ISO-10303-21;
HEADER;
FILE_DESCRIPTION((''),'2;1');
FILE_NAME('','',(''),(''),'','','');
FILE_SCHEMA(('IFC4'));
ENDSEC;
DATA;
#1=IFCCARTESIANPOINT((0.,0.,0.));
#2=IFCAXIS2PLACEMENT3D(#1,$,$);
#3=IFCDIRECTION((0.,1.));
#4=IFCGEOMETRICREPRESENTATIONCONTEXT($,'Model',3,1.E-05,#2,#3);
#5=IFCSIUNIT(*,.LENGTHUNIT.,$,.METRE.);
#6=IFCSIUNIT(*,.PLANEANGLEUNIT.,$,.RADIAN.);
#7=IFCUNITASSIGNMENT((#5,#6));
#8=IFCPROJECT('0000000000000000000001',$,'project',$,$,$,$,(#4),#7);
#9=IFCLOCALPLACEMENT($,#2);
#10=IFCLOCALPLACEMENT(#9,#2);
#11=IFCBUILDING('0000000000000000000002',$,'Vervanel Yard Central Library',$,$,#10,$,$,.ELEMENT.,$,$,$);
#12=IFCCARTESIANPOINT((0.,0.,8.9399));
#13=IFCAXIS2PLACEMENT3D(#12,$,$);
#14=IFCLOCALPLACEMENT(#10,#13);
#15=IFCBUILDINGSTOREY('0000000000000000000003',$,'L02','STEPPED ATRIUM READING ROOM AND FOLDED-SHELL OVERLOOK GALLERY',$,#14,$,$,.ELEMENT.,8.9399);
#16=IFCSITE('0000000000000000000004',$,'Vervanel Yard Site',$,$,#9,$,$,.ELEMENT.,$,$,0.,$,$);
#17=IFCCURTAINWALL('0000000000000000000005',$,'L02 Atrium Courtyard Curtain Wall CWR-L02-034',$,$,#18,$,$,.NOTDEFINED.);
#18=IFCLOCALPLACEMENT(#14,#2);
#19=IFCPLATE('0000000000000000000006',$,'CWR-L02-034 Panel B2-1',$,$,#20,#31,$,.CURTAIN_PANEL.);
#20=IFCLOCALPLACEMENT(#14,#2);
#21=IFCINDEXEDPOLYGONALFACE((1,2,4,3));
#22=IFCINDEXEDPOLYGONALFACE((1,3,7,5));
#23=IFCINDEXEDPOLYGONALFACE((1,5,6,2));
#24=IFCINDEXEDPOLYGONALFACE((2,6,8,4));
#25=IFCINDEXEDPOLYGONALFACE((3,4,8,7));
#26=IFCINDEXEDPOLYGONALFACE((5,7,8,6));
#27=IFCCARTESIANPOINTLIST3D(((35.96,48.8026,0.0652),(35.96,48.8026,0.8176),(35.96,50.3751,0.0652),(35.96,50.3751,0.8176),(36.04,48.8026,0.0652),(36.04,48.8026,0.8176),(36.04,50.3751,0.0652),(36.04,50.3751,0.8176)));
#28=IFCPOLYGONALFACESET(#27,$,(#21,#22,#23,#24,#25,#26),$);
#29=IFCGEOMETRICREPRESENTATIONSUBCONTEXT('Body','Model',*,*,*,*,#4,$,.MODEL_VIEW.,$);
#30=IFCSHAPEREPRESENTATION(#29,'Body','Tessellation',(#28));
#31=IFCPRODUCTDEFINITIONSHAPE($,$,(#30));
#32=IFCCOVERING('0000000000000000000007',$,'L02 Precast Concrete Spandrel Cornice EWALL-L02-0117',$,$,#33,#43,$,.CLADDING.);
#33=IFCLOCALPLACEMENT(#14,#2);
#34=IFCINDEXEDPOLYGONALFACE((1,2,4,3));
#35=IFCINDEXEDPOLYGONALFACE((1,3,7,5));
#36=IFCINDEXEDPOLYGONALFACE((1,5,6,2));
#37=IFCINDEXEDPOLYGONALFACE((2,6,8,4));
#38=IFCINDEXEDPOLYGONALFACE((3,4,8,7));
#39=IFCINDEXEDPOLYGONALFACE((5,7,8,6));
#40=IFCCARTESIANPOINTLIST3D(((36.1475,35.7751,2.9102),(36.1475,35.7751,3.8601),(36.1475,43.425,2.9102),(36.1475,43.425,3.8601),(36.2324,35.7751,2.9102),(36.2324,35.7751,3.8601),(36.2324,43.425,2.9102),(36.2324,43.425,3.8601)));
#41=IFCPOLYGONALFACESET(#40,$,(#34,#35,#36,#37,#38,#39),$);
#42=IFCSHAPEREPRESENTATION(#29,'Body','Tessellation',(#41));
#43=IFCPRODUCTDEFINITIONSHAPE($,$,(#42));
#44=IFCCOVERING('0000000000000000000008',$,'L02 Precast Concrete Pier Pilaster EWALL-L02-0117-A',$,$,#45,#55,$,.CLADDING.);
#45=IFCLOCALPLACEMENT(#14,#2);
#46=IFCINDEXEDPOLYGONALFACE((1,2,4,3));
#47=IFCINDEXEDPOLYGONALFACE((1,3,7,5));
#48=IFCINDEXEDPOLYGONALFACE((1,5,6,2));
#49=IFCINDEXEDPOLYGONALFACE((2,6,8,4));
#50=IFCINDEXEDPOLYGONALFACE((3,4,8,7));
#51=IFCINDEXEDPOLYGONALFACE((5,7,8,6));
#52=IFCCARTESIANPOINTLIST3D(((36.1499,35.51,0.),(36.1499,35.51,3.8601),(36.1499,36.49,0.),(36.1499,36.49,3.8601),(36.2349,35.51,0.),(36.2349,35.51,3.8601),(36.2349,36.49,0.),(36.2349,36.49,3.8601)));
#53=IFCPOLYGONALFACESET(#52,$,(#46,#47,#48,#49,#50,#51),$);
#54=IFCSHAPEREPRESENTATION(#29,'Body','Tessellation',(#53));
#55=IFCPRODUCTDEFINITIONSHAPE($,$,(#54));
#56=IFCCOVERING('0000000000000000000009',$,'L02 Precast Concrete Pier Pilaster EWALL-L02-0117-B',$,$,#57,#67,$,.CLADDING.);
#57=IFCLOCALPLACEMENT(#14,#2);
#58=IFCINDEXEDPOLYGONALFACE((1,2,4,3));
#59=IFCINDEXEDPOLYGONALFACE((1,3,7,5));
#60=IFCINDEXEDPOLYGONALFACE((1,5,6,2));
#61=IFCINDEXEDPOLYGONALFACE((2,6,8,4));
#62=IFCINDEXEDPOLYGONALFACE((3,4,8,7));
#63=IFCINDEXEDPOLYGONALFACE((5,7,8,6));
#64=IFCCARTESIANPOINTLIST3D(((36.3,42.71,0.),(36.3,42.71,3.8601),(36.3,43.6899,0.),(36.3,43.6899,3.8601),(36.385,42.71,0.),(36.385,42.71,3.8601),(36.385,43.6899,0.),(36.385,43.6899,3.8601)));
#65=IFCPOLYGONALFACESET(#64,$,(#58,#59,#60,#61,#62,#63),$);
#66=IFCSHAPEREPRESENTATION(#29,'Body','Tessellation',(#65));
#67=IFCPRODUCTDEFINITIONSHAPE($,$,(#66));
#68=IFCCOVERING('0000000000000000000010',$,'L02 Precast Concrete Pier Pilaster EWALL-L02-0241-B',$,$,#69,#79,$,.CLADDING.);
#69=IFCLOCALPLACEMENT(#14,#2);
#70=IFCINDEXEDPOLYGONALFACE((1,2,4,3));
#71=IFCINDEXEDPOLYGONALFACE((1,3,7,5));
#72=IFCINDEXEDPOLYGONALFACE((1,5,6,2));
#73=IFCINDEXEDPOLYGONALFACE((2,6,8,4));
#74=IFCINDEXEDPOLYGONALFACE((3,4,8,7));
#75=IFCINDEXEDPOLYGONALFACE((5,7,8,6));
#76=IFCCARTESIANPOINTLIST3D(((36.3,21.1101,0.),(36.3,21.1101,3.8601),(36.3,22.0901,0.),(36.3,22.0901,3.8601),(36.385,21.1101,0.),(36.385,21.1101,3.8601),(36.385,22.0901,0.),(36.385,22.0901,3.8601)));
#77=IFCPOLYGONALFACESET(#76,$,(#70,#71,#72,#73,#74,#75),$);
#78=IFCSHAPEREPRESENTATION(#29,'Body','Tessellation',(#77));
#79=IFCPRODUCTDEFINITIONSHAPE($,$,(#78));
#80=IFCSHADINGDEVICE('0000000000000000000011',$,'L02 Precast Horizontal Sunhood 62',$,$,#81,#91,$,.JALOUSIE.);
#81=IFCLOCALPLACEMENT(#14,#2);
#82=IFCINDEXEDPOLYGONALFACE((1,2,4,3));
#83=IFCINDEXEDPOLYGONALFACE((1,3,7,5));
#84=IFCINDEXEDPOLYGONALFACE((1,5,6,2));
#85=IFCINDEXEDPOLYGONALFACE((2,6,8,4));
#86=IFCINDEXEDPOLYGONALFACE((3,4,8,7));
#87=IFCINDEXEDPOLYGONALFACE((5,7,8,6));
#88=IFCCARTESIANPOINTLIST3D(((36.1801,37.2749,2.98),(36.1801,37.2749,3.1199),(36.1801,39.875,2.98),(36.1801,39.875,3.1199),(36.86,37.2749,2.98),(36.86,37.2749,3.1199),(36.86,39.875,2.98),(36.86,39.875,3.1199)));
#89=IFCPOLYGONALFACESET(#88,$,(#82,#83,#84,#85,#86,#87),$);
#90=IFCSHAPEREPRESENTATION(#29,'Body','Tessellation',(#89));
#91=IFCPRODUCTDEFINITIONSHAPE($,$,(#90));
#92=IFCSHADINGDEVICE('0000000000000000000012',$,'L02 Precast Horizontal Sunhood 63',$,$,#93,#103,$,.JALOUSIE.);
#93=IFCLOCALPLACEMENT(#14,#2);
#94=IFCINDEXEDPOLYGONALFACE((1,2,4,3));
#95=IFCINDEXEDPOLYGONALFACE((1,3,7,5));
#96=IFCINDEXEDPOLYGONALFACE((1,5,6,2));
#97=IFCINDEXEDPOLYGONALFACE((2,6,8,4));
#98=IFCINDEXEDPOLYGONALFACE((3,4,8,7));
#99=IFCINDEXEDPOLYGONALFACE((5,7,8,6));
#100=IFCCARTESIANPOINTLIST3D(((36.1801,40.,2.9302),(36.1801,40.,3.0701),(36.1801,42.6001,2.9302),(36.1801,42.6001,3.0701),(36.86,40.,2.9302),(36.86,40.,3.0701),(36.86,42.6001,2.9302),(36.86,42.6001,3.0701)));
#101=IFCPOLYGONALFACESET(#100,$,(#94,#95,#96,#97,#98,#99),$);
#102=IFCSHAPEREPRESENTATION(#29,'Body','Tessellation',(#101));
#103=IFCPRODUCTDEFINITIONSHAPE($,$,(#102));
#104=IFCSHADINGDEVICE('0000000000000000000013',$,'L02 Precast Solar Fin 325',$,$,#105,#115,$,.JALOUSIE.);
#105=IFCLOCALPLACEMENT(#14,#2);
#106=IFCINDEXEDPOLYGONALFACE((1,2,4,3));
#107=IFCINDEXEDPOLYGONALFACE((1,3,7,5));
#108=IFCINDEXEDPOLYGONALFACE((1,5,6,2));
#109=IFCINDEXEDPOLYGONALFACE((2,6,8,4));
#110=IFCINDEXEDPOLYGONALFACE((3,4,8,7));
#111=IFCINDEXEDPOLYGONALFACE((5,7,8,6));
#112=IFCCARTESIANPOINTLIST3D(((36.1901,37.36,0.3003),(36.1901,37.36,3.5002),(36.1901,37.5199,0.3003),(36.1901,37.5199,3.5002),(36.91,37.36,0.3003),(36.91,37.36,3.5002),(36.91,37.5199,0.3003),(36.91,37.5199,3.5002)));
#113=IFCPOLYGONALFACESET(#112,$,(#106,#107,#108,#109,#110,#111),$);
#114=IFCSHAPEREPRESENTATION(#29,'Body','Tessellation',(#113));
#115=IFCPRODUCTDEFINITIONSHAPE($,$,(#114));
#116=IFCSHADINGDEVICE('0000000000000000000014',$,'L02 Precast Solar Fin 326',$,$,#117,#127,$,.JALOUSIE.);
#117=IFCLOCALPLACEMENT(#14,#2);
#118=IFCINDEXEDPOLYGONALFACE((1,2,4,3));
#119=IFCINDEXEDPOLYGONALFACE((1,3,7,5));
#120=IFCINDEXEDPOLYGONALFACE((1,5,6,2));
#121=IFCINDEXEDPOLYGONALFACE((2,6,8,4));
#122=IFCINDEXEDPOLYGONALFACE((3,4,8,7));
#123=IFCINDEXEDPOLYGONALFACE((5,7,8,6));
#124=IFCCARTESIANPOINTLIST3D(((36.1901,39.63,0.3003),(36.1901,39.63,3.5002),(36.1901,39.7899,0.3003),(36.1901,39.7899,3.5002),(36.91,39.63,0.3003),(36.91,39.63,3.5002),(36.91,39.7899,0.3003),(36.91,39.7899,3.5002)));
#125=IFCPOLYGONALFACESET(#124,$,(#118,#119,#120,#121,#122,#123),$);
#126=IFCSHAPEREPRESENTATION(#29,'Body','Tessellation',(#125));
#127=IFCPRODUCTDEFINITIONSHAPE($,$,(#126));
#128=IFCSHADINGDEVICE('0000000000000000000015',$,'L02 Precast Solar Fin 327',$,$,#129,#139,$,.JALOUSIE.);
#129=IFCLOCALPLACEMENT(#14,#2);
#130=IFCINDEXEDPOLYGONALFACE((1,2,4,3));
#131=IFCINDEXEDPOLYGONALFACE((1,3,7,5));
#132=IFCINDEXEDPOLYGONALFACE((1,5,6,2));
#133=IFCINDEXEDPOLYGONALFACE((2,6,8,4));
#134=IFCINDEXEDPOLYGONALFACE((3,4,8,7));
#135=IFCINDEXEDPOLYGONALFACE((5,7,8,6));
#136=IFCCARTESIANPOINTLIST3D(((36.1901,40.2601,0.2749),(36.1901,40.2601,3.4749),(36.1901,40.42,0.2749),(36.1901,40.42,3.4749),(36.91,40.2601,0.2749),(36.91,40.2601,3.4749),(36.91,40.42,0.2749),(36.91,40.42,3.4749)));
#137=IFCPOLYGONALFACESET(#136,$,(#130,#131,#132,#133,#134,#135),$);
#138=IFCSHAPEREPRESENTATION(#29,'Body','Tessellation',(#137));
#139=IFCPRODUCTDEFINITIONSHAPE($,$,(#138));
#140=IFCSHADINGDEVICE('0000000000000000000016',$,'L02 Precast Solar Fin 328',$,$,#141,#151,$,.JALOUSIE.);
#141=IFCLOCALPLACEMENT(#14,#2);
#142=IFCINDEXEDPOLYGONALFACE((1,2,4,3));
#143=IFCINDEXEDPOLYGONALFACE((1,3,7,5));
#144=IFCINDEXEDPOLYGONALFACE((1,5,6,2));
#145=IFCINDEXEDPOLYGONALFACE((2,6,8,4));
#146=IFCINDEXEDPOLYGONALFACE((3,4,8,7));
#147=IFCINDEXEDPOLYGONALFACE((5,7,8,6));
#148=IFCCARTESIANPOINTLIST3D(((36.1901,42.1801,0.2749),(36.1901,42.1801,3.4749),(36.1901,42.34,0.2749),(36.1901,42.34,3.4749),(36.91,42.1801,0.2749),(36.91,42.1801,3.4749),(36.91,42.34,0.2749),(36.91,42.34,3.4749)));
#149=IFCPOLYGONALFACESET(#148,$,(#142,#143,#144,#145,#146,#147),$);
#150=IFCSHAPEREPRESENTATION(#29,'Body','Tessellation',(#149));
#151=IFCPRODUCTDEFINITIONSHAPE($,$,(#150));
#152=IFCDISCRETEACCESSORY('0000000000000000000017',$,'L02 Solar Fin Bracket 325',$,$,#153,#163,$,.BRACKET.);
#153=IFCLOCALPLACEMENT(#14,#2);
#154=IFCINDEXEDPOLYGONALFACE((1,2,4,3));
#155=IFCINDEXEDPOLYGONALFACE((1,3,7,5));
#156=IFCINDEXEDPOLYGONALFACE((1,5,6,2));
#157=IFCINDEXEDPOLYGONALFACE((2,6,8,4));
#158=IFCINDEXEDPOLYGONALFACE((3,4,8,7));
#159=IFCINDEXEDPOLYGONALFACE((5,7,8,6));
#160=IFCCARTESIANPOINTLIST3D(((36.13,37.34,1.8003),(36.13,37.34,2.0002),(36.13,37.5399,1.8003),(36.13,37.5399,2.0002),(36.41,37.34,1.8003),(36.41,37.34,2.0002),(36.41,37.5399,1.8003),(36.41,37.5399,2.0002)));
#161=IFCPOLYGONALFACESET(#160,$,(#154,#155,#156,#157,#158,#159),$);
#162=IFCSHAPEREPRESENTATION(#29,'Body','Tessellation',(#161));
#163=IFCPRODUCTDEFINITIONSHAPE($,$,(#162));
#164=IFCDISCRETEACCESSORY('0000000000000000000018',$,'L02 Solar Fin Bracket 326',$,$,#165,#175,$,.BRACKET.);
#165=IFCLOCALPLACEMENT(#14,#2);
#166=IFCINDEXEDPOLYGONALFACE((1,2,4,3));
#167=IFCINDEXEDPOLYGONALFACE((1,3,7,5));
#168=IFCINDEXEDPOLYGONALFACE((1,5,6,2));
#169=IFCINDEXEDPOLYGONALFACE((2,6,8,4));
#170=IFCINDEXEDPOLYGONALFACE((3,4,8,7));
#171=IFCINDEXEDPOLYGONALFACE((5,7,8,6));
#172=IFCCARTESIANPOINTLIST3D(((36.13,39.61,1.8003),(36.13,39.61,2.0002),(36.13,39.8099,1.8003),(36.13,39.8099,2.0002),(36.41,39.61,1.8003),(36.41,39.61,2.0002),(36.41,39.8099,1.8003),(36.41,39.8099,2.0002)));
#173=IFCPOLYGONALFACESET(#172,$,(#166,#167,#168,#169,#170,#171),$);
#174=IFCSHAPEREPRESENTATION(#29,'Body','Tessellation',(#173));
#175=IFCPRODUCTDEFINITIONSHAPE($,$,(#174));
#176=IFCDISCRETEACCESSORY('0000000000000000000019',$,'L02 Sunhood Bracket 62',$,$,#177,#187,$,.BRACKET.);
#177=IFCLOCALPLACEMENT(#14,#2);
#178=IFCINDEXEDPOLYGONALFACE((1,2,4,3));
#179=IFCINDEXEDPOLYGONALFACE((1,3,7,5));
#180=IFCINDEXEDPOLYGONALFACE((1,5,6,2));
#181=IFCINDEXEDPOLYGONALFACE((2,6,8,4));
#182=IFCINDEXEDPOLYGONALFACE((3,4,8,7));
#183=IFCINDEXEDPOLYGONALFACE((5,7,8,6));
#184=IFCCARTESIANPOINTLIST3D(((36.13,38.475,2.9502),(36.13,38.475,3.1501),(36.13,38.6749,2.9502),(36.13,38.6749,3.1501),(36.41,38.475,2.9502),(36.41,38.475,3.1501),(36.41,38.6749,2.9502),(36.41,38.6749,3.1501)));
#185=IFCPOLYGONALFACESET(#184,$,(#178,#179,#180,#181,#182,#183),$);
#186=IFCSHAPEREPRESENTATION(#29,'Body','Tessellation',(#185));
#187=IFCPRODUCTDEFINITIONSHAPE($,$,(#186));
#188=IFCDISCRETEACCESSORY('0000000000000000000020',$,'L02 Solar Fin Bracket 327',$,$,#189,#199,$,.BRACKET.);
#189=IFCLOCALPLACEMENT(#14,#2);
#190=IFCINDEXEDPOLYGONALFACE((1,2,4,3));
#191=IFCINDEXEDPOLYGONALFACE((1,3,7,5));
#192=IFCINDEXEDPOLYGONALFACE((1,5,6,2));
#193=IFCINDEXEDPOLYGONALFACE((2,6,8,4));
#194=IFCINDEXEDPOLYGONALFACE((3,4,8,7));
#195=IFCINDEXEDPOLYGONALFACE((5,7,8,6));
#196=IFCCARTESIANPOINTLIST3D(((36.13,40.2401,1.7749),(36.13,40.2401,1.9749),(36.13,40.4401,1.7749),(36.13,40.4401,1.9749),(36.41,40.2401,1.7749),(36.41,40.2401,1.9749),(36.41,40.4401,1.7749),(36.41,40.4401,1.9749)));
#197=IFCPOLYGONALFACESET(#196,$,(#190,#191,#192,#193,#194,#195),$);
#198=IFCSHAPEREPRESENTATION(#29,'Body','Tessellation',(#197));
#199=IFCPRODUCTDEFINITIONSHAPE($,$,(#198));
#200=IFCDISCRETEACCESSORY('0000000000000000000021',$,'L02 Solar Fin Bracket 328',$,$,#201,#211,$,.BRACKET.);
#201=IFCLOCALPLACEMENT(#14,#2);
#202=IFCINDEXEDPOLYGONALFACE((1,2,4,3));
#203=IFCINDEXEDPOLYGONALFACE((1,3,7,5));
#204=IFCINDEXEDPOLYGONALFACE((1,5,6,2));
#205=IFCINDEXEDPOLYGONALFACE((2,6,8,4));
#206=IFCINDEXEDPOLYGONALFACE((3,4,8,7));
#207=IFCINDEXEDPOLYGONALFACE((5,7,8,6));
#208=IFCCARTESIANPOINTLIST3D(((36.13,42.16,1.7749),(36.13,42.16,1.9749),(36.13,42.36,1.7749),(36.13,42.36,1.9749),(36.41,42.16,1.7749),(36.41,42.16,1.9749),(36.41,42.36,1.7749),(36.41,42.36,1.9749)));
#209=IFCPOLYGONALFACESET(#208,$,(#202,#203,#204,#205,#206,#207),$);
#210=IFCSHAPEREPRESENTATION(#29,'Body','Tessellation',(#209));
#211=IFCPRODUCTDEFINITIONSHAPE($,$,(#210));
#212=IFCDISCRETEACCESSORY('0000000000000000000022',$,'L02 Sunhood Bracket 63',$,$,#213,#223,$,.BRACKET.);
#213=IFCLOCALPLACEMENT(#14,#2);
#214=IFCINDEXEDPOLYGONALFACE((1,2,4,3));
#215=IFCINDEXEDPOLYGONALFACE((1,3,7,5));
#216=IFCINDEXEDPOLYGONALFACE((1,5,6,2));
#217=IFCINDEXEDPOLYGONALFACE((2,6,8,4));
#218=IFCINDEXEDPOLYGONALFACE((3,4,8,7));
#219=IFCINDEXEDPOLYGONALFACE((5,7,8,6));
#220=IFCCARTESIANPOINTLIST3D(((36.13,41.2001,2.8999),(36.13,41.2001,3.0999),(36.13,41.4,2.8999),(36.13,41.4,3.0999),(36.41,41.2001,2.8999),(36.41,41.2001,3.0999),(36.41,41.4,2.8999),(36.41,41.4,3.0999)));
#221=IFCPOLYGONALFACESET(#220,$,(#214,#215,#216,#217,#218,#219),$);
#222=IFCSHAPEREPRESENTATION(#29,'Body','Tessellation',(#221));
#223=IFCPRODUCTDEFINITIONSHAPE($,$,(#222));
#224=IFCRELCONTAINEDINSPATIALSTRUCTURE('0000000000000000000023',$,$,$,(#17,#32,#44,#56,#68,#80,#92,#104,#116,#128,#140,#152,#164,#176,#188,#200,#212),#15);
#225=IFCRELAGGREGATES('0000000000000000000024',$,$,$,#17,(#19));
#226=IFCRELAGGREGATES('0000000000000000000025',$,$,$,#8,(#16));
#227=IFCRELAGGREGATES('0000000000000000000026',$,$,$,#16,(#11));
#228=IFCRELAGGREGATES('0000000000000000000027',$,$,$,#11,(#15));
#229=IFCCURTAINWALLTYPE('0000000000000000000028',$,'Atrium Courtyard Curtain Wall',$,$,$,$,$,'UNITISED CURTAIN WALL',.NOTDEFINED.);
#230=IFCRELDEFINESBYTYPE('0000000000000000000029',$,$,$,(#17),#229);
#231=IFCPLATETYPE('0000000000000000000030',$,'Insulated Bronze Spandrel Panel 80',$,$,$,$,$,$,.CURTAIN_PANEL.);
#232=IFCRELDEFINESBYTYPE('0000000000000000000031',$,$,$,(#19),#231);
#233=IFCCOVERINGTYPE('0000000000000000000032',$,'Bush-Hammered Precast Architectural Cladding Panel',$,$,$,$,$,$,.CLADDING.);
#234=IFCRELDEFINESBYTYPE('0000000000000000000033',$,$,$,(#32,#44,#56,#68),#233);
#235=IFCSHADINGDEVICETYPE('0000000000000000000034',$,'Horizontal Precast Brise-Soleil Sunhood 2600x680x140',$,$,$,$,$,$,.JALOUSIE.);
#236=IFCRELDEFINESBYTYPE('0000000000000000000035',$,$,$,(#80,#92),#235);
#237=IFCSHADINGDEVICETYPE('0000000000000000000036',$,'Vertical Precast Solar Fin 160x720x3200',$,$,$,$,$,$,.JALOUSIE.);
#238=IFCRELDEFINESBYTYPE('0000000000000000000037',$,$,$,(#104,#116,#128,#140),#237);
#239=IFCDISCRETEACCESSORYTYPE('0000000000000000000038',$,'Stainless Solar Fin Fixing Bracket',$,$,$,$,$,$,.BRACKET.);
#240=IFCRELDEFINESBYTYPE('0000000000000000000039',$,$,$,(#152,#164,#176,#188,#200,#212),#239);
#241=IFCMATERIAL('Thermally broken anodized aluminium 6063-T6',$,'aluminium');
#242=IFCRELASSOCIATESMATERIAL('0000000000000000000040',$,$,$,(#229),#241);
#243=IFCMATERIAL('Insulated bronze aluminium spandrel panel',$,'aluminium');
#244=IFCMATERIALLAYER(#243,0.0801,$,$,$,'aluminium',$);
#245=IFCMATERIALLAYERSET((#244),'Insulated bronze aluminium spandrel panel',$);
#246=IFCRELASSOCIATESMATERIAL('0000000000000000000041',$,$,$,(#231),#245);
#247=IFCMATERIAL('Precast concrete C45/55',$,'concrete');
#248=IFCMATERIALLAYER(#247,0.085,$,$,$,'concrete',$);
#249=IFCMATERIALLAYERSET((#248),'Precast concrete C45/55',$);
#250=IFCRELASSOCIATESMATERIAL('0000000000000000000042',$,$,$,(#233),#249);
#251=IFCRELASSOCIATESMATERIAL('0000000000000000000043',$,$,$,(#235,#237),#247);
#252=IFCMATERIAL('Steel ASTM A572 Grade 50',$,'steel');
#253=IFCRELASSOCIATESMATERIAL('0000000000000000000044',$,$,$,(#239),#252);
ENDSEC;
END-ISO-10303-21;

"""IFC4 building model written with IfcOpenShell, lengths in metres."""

from ifc_helpers import new_model, si_unit, direction, frame, origin, origin_2d, place, context, subcontext, project, spatial, rectangle, extrude, material, layer, layer_set, type_object, element, aggregate, save


model = new_model("IFC4")

# Units and contexts
model_context = context("Model", 3, precision=1e-05, world=origin(), true_north=direction((0.0, 1.0)))
body_context = subcontext(model_context, "Body", "Model", "MODEL_VIEW")
ifc_project = project(units=[si_unit("LENGTHUNIT", "METRE"), si_unit("PLANEANGLEUNIT", "RADIAN")], contexts=[model_context])

# Site, building, storey
site_placement = place(None, origin())
site = spatial("IfcSite", under=ifc_project, at=site_placement, Name="Vervanel Yard Site", CompositionType="ELEMENT", RefElevation=0.0)
building_placement = place(site_placement, origin())
building = spatial("IfcBuilding", under=site, at=building_placement, Name="Vervanel Yard Central Library", CompositionType="ELEMENT")
storey_placement = place(building_placement, frame((0.0, 0.0, 8.9399)))
storey = spatial("IfcBuildingStorey", under=building, at=storey_placement, Name="L02", Description="STEPPED ATRIUM READING ROOM AND FOLDED-SHELL OVERLOOK GALLERY", CompositionType="ELEMENT", Elevation=8.9399)

# Curtain wall
ifc_material_1 = material(Name="Thermally broken anodized aluminium 6063-T6", Category="aluminium")
curtain_wall_type = type_object("IfcCurtainWallType", Name="Atrium Courtyard Curtain Wall", ElementType="UNITISED CURTAIN WALL", PredefinedType="NOTDEFINED", material=ifc_material_1)
curtain_wall_placement = place(storey_placement, origin())
curtain_wall = element("IfcCurtainWall", 1, at=curtain_wall_placement, inside=storey, type_object=curtain_wall_type, Name="L02 Atrium Courtyard Curtain Wall CWR-L02-034", PredefinedType="NOTDEFINED")

# Plate
ifc_material_2 = material(Name="Insulated bronze aluminium spandrel panel", Category="aluminium")
ifc_layer_1 = layer(ifc_material_2, 0.0801, Category="aluminium")
ifc_layer_set_1 = layer_set([ifc_layer_1], Name="Insulated bronze aluminium spandrel panel")
plate_type_1 = type_object("IfcPlateType", Name="Insulated Bronze Spandrel Panel 80", PredefinedType="CURTAIN_PANEL", material=ifc_layer_set_1)
plate_1_placement = place(storey_placement, frame((36.0, 49.5889, 0.0652), z_axis=(0.0, 0.0, 1.0), x_axis=(0.0, 1.0, 0.0)))
plate_1 = element("IfcPlate", 2, at=plate_1_placement, type_object=plate_type_1, Name="CWR-L02-034 Panel B2-1", PredefinedType="CURTAIN_PANEL", context=body_context, shape_type="SweptSolid", body=[
    extrude(rectangle(XDim=1.5725, YDim=0.0801, at=origin_2d()), origin(), (0.0, 0.0, 1.0), 0.7524),
])
aggregate(curtain_wall, [plate_1])

# Coverings
ifc_material_3 = material(Name="Precast concrete C45/55", Category="concrete")
ifc_layer_2 = layer(ifc_material_3, 0.085, Category="concrete")
ifc_layer_set_2 = layer_set([ifc_layer_2], Name="Precast concrete C45/55")
covering_type = type_object("IfcCoveringType", Name="Bush-Hammered Precast Architectural Cladding Panel", PredefinedType="CLADDING", material=ifc_layer_set_2)
covering_placement = place(storey_placement, frame((36.1899, 39.6001, 2.9102), z_axis=(0.0, 0.0, 1.0), x_axis=(0.0, 1.0, 0.0)))
element("IfcCovering", 3, at=covering_placement, inside=storey, type_object=covering_type, Name="L02 Precast Concrete Spandrel Cornice EWALL-L02-0117", PredefinedType="CLADDING", context=body_context, shape_type="SweptSolid", body=[
    extrude(rectangle(XDim=7.6499, YDim=0.085, at=origin_2d()), origin(), (0.0, 0.0, 1.0), 0.95),
])
for number, where, z_axis, x_axis, name in (
    (4, (36.1924, 36.0, 0.0), (0.0, 0.0, 1.0), (0.0, 1.0, 0.0), "L02 Precast Concrete Pier Pilaster EWALL-L02-0117-A"),
    (5, (36.3425, 43.2, 0.0), (0.0, 0.0, 1.0), (0.0, 1.0, 0.0), "L02 Precast Concrete Pier Pilaster EWALL-L02-0117-B"),
    (6, (36.3425, 21.6001, 0.0), (0.0, 0.0, 1.0), (0.0, 1.0, 0.0), "L02 Precast Concrete Pier Pilaster EWALL-L02-0241-B"),
):
    element("IfcCovering", number, at=place(storey_placement, frame(where, z_axis=z_axis, x_axis=x_axis)), inside=storey, type_object=covering_type, Name=name, PredefinedType="CLADDING", context=body_context, shape_type="SweptSolid", body=[
        extrude(rectangle(XDim=0.98, YDim=0.085, at=origin_2d()), origin(), (0.0, 0.0, 1.0), 3.8601),
    ])

# Shading devices
shading_device_type_1 = type_object("IfcShadingDeviceType", Name="Horizontal Precast Brise-Soleil Sunhood 2600x680x140", PredefinedType="JALOUSIE", material=ifc_material_3)
for number, where, z_axis, x_axis, name in (
    (7, (36.52, 38.575, 2.98), (0.0, 0.0, 1.0), (0.0, 1.0, 0.0), "L02 Precast Horizontal Sunhood 62"),
    (8, (36.52, 41.3, 2.9302), (0.0, 0.0, 1.0), (0.0, 1.0, 0.0), "L02 Precast Horizontal Sunhood 63"),
):
    element("IfcShadingDevice", number, at=place(storey_placement, frame(where, z_axis=z_axis, x_axis=x_axis)), inside=storey, type_object=shading_device_type_1, Name=name, PredefinedType="JALOUSIE", context=body_context, shape_type="SweptSolid", body=[
        extrude(rectangle(XDim=2.6001, YDim=0.6799, at=origin_2d()), origin(), (0.0, 0.0, 1.0), 0.1399),
    ])
shading_device_type_2 = type_object("IfcShadingDeviceType", Name="Vertical Precast Solar Fin 160x720x3200", PredefinedType="JALOUSIE", material=ifc_material_3)
for number, where, z_axis, x_axis, name in (
    (9, (36.55, 37.4399, 0.3003), (0.0, 0.0, 1.0), (0.0, 1.0, 0.0), "L02 Precast Solar Fin 325"),
    (10, (36.55, 39.71, 0.3003), (0.0, 0.0, 1.0), (0.0, 1.0, 0.0), "L02 Precast Solar Fin 326"),
    (11, (36.55, 40.3401, 0.2749), (0.0, 0.0, 1.0), (0.0, 1.0, 0.0), "L02 Precast Solar Fin 327"),
    (12, (36.55, 42.26, 0.2749), (0.0, 0.0, 1.0), (0.0, 1.0, 0.0), "L02 Precast Solar Fin 328"),
):
    element("IfcShadingDevice", number, at=place(storey_placement, frame(where, z_axis=z_axis, x_axis=x_axis)), inside=storey, type_object=shading_device_type_2, Name=name, PredefinedType="JALOUSIE", context=body_context, shape_type="SweptSolid", body=[
        extrude(rectangle(XDim=0.1599, YDim=0.72, at=origin_2d()), origin(), (0.0, 0.0, 1.0), 3.2),
    ])

# Discrete accessories
ifc_material_4 = material(Name="Steel ASTM A572 Grade 50", Category="steel")
discrete_accessory_type = type_object("IfcDiscreteAccessoryType", Name="Stainless Solar Fin Fixing Bracket", PredefinedType="BRACKET", material=ifc_material_4)
for number, where, z_axis, x_axis, name in (
    (13, (36.27, 37.4399, 1.8003), (0.0, 0.0, 1.0), (0.0, 1.0, 0.0), "L02 Solar Fin Bracket 325"),
    (14, (36.27, 39.71, 1.8003), (0.0, 0.0, 1.0), (0.0, 1.0, 0.0), "L02 Solar Fin Bracket 326"),
    (15, (36.27, 38.575, 2.9502), (0.0, 0.0, 1.0), (0.0, 1.0, 0.0), "L02 Sunhood Bracket 62"),
    (16, (36.27, 40.3401, 1.7749), (0.0, 0.0, 1.0), (0.0, 1.0, 0.0), "L02 Solar Fin Bracket 327"),
    (17, (36.27, 42.26, 1.7749), (0.0, 0.0, 1.0), (0.0, 1.0, 0.0), "L02 Solar Fin Bracket 328"),
    (18, (36.27, 41.3, 2.8999), (0.0, 0.0, 1.0), (0.0, 1.0, 0.0), "L02 Sunhood Bracket 63"),
):
    element("IfcDiscreteAccessory", number, at=place(storey_placement, frame(where, z_axis=z_axis, x_axis=x_axis)), inside=storey, type_object=discrete_accessory_type, Name=name, PredefinedType="BRACKET", context=body_context, shape_type="SweptSolid", body=[
        extrude(rectangle(XDim=0.2, YDim=0.28, at=origin_2d()), origin(), (0.0, 0.0, 1.0), 0.2),
    ])

save(model, "model.ifc")
